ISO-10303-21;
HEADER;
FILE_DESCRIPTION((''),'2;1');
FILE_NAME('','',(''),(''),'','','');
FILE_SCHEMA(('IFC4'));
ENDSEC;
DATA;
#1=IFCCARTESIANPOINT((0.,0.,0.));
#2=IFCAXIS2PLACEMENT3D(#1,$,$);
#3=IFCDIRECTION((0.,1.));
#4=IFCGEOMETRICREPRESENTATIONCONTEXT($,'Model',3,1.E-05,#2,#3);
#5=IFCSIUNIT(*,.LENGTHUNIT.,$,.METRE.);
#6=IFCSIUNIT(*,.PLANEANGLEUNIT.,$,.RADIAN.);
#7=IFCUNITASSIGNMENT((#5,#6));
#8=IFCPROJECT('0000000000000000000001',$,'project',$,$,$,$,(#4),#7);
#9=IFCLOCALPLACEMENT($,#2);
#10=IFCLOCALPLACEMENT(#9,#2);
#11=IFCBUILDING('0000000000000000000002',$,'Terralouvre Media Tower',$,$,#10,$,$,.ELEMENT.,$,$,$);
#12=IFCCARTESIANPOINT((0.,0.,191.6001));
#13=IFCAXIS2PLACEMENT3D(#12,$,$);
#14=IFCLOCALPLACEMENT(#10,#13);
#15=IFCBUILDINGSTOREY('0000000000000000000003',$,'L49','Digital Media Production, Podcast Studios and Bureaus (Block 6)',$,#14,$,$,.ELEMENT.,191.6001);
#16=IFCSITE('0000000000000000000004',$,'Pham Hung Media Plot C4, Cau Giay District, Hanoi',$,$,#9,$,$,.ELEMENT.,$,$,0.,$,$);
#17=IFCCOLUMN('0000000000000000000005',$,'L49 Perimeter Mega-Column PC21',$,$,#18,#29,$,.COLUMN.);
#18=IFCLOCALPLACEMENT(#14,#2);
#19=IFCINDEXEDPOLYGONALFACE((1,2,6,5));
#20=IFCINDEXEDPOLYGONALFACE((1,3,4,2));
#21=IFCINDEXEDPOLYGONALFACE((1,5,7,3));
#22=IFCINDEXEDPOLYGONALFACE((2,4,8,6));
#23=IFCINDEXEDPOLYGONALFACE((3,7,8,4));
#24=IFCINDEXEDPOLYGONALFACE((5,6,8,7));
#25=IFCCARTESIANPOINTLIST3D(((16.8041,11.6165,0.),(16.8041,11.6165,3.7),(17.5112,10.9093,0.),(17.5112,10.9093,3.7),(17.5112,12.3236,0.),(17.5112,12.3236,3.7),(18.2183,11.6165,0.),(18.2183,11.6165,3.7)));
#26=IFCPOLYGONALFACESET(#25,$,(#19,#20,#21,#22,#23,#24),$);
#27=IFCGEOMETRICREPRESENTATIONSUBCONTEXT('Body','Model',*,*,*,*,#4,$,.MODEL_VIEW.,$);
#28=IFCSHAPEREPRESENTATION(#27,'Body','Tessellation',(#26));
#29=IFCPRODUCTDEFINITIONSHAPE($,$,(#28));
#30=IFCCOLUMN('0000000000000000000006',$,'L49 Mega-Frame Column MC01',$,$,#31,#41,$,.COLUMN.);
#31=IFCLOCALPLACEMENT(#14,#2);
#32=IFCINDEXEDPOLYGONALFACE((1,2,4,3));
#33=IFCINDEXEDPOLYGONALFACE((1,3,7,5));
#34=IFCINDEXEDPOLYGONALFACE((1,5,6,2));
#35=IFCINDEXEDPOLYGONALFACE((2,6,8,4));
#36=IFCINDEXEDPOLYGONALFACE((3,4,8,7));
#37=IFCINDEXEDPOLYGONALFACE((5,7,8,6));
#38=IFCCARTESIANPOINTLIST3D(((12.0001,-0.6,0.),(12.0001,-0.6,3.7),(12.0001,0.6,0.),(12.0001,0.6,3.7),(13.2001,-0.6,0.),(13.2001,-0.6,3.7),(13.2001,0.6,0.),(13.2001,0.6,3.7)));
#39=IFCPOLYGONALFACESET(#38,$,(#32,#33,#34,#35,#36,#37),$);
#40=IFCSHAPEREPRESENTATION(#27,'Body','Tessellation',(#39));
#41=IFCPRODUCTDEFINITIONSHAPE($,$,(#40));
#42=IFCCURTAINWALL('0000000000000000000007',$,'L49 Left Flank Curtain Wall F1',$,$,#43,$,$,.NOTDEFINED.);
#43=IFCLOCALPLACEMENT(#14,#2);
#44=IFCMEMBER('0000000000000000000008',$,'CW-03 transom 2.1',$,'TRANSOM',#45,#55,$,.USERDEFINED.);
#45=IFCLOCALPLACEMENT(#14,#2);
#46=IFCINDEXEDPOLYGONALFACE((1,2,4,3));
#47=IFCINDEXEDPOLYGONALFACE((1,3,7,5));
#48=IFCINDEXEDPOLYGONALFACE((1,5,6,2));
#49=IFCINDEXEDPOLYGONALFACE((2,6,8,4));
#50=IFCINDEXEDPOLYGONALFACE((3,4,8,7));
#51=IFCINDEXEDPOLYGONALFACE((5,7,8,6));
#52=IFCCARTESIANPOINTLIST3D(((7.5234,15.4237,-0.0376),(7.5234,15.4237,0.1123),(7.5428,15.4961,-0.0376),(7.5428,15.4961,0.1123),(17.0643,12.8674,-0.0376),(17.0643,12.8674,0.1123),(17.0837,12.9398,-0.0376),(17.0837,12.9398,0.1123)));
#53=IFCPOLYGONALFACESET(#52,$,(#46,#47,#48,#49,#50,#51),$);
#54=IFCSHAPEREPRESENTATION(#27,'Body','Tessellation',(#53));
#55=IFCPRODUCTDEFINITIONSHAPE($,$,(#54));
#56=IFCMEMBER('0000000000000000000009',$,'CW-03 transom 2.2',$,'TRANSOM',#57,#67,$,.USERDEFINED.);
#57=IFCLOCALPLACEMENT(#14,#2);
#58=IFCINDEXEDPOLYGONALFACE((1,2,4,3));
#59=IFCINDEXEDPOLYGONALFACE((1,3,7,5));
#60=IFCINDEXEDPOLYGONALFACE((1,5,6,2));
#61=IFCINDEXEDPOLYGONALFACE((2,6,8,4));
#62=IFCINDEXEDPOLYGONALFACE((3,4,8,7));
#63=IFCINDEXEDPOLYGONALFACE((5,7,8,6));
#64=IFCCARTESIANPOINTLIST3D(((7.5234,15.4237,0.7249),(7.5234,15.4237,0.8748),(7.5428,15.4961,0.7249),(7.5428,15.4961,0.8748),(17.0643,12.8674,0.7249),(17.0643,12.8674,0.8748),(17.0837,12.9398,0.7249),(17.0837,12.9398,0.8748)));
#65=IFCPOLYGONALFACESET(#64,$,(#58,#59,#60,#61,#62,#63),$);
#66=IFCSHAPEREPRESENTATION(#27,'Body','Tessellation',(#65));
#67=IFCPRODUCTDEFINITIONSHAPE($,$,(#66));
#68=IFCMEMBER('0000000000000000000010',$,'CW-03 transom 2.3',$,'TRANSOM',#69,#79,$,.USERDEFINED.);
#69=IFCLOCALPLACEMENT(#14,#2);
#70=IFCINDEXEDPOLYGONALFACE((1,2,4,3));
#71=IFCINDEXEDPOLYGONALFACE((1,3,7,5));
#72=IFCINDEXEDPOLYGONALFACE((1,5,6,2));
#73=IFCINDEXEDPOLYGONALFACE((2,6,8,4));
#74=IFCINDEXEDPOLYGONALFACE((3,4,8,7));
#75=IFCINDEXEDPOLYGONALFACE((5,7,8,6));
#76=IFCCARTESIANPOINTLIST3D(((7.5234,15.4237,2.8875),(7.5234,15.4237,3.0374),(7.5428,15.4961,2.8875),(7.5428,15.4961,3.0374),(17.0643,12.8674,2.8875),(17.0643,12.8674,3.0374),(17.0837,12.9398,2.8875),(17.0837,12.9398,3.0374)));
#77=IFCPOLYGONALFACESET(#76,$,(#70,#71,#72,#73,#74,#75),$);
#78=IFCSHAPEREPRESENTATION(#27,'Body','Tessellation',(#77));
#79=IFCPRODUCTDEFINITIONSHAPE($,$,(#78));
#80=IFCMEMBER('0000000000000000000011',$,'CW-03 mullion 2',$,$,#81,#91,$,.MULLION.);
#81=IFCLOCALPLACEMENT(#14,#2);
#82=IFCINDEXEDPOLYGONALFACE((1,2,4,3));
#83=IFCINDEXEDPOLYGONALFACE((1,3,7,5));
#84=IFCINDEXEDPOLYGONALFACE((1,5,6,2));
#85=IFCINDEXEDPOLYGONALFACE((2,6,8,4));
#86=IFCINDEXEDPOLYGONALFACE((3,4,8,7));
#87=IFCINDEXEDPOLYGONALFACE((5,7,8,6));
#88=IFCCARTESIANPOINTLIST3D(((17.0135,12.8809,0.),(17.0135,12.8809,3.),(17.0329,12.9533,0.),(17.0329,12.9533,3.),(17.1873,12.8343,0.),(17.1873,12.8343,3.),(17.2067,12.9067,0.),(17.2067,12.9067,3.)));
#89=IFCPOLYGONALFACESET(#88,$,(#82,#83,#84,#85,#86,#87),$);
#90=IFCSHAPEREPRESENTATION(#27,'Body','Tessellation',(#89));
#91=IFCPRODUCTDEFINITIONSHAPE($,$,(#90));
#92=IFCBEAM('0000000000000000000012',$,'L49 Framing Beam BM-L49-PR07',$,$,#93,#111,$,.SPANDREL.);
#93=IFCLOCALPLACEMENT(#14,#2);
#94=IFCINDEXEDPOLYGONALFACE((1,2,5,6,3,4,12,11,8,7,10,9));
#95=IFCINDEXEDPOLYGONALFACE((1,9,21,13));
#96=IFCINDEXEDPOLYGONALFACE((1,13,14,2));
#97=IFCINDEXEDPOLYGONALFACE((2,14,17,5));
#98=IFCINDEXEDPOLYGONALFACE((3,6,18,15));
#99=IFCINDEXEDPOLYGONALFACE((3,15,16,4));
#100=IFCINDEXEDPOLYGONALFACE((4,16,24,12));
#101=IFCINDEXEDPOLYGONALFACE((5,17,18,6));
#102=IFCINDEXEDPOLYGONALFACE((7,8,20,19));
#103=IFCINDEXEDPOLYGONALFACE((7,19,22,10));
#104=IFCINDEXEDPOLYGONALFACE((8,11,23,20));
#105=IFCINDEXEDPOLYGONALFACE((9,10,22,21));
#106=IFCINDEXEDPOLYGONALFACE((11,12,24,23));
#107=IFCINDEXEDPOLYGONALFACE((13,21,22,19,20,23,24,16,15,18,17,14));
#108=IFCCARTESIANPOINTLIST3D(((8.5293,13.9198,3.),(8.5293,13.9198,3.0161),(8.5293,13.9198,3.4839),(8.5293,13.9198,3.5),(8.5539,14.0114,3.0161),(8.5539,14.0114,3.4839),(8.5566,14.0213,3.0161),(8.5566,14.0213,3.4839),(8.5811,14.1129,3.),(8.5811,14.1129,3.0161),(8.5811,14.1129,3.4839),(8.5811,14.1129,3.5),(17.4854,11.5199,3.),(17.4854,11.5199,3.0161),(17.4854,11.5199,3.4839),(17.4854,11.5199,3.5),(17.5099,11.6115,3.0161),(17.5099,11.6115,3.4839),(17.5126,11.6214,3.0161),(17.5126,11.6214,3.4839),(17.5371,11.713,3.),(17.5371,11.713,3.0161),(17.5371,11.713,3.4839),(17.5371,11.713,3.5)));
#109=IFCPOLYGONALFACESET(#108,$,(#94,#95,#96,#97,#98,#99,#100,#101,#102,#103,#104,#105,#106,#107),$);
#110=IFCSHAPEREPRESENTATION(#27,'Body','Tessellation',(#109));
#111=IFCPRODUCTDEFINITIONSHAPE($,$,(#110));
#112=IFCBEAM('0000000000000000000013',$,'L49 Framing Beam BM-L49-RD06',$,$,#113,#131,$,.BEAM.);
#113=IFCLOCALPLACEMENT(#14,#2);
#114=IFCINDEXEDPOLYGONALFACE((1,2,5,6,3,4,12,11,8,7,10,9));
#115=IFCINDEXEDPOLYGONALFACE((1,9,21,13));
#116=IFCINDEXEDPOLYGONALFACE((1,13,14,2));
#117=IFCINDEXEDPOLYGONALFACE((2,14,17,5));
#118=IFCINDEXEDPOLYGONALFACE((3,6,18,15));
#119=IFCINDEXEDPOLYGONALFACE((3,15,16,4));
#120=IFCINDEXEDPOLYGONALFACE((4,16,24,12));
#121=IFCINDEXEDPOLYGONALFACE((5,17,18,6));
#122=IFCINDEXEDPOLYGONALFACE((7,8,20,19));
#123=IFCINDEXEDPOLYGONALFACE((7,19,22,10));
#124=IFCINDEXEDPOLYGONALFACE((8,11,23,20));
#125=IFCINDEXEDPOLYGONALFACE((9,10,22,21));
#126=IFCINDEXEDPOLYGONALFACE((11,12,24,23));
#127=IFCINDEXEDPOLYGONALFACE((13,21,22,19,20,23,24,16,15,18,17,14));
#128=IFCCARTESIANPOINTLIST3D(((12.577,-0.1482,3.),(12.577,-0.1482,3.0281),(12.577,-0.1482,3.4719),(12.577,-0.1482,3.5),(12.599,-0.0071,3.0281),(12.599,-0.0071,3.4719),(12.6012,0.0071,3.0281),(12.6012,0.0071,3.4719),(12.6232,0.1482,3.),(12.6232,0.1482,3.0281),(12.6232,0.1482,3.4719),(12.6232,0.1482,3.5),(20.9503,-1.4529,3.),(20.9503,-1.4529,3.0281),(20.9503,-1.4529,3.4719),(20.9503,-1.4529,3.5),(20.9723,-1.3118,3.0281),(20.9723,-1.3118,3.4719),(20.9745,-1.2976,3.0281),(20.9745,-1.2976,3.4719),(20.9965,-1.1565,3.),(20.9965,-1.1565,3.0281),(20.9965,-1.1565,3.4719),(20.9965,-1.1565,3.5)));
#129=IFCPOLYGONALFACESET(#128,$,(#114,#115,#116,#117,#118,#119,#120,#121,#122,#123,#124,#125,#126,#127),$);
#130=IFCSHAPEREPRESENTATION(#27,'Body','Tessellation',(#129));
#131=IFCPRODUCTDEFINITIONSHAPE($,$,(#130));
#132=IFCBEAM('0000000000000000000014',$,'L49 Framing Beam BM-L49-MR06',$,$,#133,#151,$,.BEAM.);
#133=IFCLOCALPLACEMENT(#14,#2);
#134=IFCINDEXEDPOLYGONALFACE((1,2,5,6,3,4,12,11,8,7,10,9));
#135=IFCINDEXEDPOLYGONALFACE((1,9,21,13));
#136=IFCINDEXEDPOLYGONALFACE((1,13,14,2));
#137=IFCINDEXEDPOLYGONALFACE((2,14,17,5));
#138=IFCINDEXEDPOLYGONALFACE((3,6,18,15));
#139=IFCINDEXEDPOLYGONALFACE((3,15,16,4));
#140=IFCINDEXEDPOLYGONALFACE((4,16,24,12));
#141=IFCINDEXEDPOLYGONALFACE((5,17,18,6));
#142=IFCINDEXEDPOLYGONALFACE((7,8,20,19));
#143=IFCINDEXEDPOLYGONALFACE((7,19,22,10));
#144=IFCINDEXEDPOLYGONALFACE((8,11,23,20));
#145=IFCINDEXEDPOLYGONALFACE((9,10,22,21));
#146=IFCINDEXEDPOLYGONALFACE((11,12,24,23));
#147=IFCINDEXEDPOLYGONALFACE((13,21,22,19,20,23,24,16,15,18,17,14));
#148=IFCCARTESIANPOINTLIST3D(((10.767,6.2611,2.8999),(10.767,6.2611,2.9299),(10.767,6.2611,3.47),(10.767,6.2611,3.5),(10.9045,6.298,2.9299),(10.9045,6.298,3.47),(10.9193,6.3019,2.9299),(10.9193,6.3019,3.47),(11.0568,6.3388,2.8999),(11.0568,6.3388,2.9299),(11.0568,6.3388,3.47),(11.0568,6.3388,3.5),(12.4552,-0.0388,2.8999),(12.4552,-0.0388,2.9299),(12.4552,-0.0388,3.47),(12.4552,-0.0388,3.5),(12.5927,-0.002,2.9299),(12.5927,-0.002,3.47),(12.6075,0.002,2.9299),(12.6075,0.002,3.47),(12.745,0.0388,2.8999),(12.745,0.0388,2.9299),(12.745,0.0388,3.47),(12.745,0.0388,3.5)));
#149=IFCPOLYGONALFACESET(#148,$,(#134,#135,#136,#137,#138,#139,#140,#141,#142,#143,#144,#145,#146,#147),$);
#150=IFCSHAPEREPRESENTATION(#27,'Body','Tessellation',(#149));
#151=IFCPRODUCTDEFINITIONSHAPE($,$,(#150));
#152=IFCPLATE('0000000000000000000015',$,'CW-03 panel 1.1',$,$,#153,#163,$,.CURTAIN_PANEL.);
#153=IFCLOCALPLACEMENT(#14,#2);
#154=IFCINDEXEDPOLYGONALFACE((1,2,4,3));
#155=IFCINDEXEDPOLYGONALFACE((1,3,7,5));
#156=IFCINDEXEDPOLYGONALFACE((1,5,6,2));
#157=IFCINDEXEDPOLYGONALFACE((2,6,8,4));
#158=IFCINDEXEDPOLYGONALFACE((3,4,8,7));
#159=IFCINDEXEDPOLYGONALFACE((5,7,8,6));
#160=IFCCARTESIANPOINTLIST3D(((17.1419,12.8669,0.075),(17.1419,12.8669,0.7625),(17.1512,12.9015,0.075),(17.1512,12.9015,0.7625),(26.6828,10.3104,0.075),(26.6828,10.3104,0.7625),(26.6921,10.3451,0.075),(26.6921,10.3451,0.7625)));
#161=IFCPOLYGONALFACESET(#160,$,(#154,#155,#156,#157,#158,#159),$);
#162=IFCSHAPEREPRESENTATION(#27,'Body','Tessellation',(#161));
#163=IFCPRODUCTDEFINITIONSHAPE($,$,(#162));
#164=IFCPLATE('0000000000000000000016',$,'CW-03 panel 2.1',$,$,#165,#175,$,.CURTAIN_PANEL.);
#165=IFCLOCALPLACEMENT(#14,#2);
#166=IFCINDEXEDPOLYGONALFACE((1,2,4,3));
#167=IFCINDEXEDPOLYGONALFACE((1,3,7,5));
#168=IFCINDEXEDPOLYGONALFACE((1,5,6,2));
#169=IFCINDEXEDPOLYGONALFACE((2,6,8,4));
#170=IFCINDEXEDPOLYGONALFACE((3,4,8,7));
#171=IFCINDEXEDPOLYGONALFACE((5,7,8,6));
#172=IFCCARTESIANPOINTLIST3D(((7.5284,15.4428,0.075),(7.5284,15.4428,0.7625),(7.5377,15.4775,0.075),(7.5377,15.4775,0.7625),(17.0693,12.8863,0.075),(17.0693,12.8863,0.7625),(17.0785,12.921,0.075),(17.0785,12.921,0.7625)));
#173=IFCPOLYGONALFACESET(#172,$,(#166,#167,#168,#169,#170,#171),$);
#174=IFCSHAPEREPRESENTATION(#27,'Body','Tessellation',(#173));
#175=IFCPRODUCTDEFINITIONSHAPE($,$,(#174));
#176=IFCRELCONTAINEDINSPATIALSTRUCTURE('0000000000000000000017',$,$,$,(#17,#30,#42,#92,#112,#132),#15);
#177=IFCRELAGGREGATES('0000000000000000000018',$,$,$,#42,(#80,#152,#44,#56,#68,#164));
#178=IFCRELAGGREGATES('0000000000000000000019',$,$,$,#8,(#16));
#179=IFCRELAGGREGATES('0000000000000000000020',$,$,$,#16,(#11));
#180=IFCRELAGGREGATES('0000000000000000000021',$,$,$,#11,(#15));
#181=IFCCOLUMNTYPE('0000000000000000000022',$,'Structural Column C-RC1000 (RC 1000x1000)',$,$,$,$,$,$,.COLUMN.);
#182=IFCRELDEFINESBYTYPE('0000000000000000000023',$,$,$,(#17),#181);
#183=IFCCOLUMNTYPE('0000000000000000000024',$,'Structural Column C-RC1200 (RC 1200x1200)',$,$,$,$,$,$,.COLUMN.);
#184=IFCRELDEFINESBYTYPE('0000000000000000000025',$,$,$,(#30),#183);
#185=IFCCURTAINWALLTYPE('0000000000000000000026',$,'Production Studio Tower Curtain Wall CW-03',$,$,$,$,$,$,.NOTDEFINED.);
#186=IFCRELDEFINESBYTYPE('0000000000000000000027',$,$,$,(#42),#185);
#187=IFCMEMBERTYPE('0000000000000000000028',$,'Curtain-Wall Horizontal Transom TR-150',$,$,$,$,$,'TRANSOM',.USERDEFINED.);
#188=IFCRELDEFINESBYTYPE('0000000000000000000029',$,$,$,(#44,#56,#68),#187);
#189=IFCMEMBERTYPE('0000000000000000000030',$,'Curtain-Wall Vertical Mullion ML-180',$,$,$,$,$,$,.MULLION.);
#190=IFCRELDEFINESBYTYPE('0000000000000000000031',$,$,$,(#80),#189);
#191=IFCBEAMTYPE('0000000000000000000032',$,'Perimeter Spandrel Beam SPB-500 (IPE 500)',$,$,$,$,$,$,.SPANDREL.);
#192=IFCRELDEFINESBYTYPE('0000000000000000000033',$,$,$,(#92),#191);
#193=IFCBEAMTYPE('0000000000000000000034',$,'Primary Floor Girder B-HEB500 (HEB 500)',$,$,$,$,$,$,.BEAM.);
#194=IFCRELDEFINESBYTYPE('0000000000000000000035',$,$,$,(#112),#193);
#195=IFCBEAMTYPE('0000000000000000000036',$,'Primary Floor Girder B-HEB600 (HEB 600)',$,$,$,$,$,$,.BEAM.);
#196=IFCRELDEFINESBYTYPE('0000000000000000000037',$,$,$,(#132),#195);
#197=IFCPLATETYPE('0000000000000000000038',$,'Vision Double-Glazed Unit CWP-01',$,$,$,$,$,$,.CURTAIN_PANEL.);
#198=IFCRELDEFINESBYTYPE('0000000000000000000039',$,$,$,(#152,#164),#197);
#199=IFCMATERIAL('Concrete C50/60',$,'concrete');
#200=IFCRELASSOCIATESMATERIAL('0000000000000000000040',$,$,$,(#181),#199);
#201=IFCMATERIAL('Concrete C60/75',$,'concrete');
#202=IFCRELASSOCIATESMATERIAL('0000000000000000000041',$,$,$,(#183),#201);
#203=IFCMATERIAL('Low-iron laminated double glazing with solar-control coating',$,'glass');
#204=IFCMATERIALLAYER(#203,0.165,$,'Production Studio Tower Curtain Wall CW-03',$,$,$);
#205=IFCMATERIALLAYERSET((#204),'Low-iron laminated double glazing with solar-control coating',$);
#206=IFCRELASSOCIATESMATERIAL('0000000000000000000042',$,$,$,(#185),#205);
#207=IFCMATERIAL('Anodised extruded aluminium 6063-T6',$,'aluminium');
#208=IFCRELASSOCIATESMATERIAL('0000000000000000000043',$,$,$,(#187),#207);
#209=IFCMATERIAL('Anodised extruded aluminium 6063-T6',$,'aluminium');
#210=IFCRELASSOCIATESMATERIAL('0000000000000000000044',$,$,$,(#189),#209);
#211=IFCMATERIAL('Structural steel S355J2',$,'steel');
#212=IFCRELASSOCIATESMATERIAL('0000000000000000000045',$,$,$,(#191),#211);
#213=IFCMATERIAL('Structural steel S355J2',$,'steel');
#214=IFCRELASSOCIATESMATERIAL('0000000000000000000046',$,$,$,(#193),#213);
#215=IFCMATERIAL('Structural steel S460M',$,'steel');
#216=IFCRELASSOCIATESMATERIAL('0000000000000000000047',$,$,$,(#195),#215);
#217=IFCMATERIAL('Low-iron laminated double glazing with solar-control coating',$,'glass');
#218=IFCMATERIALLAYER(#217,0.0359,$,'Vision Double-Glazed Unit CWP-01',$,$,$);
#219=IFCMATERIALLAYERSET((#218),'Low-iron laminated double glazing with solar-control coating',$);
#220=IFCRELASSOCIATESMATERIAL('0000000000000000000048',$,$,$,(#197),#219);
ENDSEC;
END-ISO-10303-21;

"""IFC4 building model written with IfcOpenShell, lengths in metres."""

from ifc_helpers import new_model, si_unit, direction, frame, origin, origin_2d, place, context, subcontext, project, spatial, rectangle, i_section, extrude, material, layer, layer_set, material_profile, profile_set, type_object, element, aggregate, save


model = new_model("IFC4")

# Units and contexts
model_context = context("Model", 3, precision=1e-05, world=origin(), true_north=direction((0.0, 1.0)))
body_context = subcontext(model_context, "Body", "Model", "MODEL_VIEW")
ifc_project = project(units=[si_unit("LENGTHUNIT", "METRE"), si_unit("PLANEANGLEUNIT", "RADIAN")], contexts=[model_context])

# Site, building, storey
site_placement = place(None, origin())
site = spatial("IfcSite", under=ifc_project, at=site_placement, Name="Pham Hung Media Plot C4, Cau Giay District, Hanoi", CompositionType="ELEMENT", RefElevation=0.0)
building_placement = place(site_placement, origin())
building = spatial("IfcBuilding", under=site, at=building_placement, Name="Terralouvre Media Tower", CompositionType="ELEMENT")
storey_placement = place(building_placement, frame((0.0, 0.0, 191.6001)))
storey = spatial("IfcBuildingStorey", under=building, at=storey_placement, Name="L49", Description="Digital Media Production, Podcast Studios and Bureaus (Block 6)", CompositionType="ELEMENT", Elevation=191.6001)

# Columns
ifc_material_1 = material(Name="Concrete C50/60", Category="concrete")
ifc_material_profile_1 = material_profile(ifc_material_1, rectangle(XDim=1.0, YDim=1.0, at=origin_2d()), Name="RC 1000x1000")
ifc_profile_set_1 = profile_set([ifc_material_profile_1], Name="Concrete C50/60")
column_type_1 = type_object("IfcColumnType", Name="Structural Column C-RC1000 (RC 1000x1000)", PredefinedType="COLUMN", material=ifc_profile_set_1)
column_1_placement = place(storey_placement, frame((17.5112, 11.6165, 0.0), z_axis=(0.0, 0.0, 1.0), x_axis=(0.707107, 0.707107, 0.0)))
element("IfcColumn", 1, at=column_1_placement, inside=storey, type_object=column_type_1, Name="L49 Perimeter Mega-Column PC21", PredefinedType="COLUMN", context=body_context, shape_type="SweptSolid", body=[
    extrude(rectangle(XDim=1.0, YDim=1.0, at=origin_2d()), origin(), (0.0, 0.0, 1.0), 3.7),
])
ifc_material_2 = material(Name="Concrete C60/75", Category="concrete")
ifc_material_profile_2 = material_profile(ifc_material_2, rectangle(XDim=1.2, YDim=1.2, at=origin_2d()), Name="RC 1200x1200")
ifc_profile_set_2 = profile_set([ifc_material_profile_2], Name="Concrete C60/75")
column_type_2 = type_object("IfcColumnType", Name="Structural Column C-RC1200 (RC 1200x1200)", PredefinedType="COLUMN", material=ifc_profile_set_2)
column_2_placement = place(storey_placement, frame((12.6001, 0.0, 0.0), z_axis=(0.0, 0.0, 1.0), x_axis=(1.0, 0.0, 0.0)))
element("IfcColumn", 2, at=column_2_placement, inside=storey, type_object=column_type_2, Name="L49 Mega-Frame Column MC01", PredefinedType="COLUMN", context=body_context, shape_type="SweptSolid", body=[
    extrude(rectangle(XDim=1.2, YDim=1.2, at=origin_2d()), origin(), (0.0, 0.0, 1.0), 3.7),
])

# Curtain wall, members
ifc_material_3 = material(Name="Low-iron laminated double glazing with solar-control coating", Category="glass")
ifc_layer_1 = layer(ifc_material_3, 0.165, Name="Production Studio Tower Curtain Wall CW-03")
ifc_layer_set_1 = layer_set([ifc_layer_1], Name="Low-iron laminated double glazing with solar-control coating")
curtain_wall_type = type_object("IfcCurtainWallType", Name="Production Studio Tower Curtain Wall CW-03", PredefinedType="NOTDEFINED", material=ifc_layer_set_1)
curtain_wall_placement = place(storey_placement, origin())
curtain_wall = element("IfcCurtainWall", 3, at=curtain_wall_placement, inside=storey, type_object=curtain_wall_type, Name="L49 Left Flank Curtain Wall F1", PredefinedType="NOTDEFINED")
ifc_material_4 = material(Name="Anodised extruded aluminium 6063-T6", Category="aluminium")
ifc_material_profile_3 = material_profile(ifc_material_4, rectangle(XDim=0.075, YDim=0.1499, at=origin_2d()), Name="ALU 75x150")
ifc_profile_set_3 = profile_set([ifc_material_profile_3], Name="Anodised extruded aluminium 6063-T6")
member_type_1 = type_object("IfcMemberType", Name="Curtain-Wall Horizontal Transom TR-150", ElementType="TRANSOM", PredefinedType="USERDEFINED", material=ifc_profile_set_3)
member_1_placement = place(storey_placement, frame((17.074, 12.9036, 0.0374), z_axis=(-0.965929, 0.258809, 0.0), x_axis=(-0.258809, -0.965929, 0.0)))
member_1 = element("IfcMember", 4, at=member_1_placement, type_object=member_type_1, Name="CW-03 transom 2.1", ObjectType="TRANSOM", PredefinedType="USERDEFINED", context=body_context, shape_type="SweptSolid", body=[
    extrude(rectangle(XDim=0.075, YDim=0.1499, at=origin_2d()), origin(), (0.0, 0.0, 1.0), 9.8774),
])
member_2_placement = place(storey_placement, frame((17.074, 12.9036, 0.7998), z_axis=(-0.965929, 0.258809, 0.0), x_axis=(-0.258809, -0.965929, 0.0)))
member_2 = element("IfcMember", 5, at=member_2_placement, type_object=member_type_1, Name="CW-03 transom 2.2", ObjectType="TRANSOM", PredefinedType="USERDEFINED", context=body_context, shape_type="SweptSolid", body=[
    extrude(rectangle(XDim=0.075, YDim=0.1499, at=origin_2d()), origin(), (0.0, 0.0, 1.0), 9.8774),
])
member_3_placement = place(storey_placement, frame((17.074, 12.9036, 2.9624), z_axis=(-0.965929, 0.258809, 0.0), x_axis=(-0.258809, -0.965929, 0.0)))
member_3 = element("IfcMember", 6, at=member_3_placement, type_object=member_type_1, Name="CW-03 transom 2.3", ObjectType="TRANSOM", PredefinedType="USERDEFINED", context=body_context, shape_type="SweptSolid", body=[
    extrude(rectangle(XDim=0.075, YDim=0.1499, at=origin_2d()), origin(), (0.0, 0.0, 1.0), 9.8774),
])
ifc_material_5 = material(Name="Anodised extruded aluminium 6063-T6", Category="aluminium")
ifc_material_profile_4 = material_profile(ifc_material_5, rectangle(XDim=0.075, YDim=0.1799, at=origin_2d()), Name="ALU 75x180")
ifc_profile_set_4 = profile_set([ifc_material_profile_4], Name="Anodised extruded aluminium 6063-T6")
member_type_2 = type_object("IfcMemberType", Name="Curtain-Wall Vertical Mullion ML-180", PredefinedType="MULLION", material=ifc_profile_set_4)
member_4_placement = place(storey_placement, frame((17.1101, 12.8938, 0.0), z_axis=(0.0, 0.0, 1.0), x_axis=(-0.258819, -0.965926, 0.0)))
member_4 = element("IfcMember", 7, at=member_4_placement, type_object=member_type_2, Name="CW-03 mullion 2", PredefinedType="MULLION", context=body_context, shape_type="SweptSolid", body=[
    extrude(rectangle(XDim=0.075, YDim=0.1799, at=origin_2d()), origin(), (0.0, 0.0, 1.0), 3.0),
])

# Beams
ifc_material_6 = material(Name="Structural steel S355J2", Category="steel")
ifc_material_profile_5 = material_profile(ifc_material_6, i_section(OverallWidth=0.2, OverallDepth=0.5, WebThickness=0.0103, FlangeThickness=0.0161, at=origin_2d()), Name="IPE 500")
ifc_profile_set_5 = profile_set([ifc_material_profile_5], Name="Structural steel S355J2")
beam_type_1 = type_object("IfcBeamType", Name="Perimeter Spandrel Beam SPB-500 (IPE 500)", PredefinedType="SPANDREL", material=ifc_profile_set_5)
beam_1_placement = place(storey_placement, frame((17.5112, 11.6165, 3.25), z_axis=(-0.965922, 0.258833, 0.0), x_axis=(-0.258833, -0.965922, 0.0)))
element("IfcBeam", 8, at=beam_1_placement, inside=storey, type_object=beam_type_1, Name="L49 Framing Beam BM-L49-PR07", PredefinedType="SPANDREL", context=body_context, shape_type="SweptSolid", body=[
    extrude(i_section(OverallWidth=0.2, OverallDepth=0.5, WebThickness=0.0103, FlangeThickness=0.0161, at=origin_2d()), origin(), (0.0, 0.0, 1.0), 9.272),
])
ifc_material_7 = material(Name="Structural steel S355J2", Category="steel")
ifc_material_profile_6 = material_profile(ifc_material_7, i_section(OverallWidth=0.3, OverallDepth=0.5, WebThickness=0.0144, FlangeThickness=0.0281, at=origin_2d()), Name="HEB 500")
ifc_profile_set_6 = profile_set([ifc_material_profile_6], Name="Structural steel S355J2")
beam_type_2 = type_object("IfcBeamType", Name="Primary Floor Girder B-HEB500 (HEB 500)", PredefinedType="BEAM", material=ifc_profile_set_6)
beam_2_placement = place(storey_placement, frame((12.6001, 0.0, 3.25), z_axis=(0.988077, -0.153958, 0.0), x_axis=(0.153958, 0.988077, 0.0)))
element("IfcBeam", 9, at=beam_2_placement, inside=storey, type_object=beam_type_2, Name="L49 Framing Beam BM-L49-RD06", PredefinedType="BEAM", context=body_context, shape_type="SweptSolid", body=[
    extrude(i_section(OverallWidth=0.3, OverallDepth=0.5, WebThickness=0.0144, FlangeThickness=0.0281, at=origin_2d()), origin(), (0.0, 0.0, 1.0), 8.4744),
])
ifc_material_8 = material(Name="Structural steel S460M", Category="steel")
ifc_material_profile_7 = material_profile(ifc_material_8, i_section(OverallWidth=0.3, OverallDepth=0.6001, WebThickness=0.0154, FlangeThickness=0.03, at=origin_2d()), Name="HEB 600")
ifc_profile_set_7 = profile_set([ifc_material_profile_7], Name="Structural steel S460M")
beam_type_3 = type_object("IfcBeamType", Name="Primary Floor Girder B-HEB600 (HEB 600)", PredefinedType="BEAM", material=ifc_profile_set_7)
beam_3_placement = place(storey_placement, frame((12.6001, 0.0, 3.2), z_axis=(-0.258839, 0.96592, 0.0), x_axis=(-0.96592, -0.258839, 0.0)))
element("IfcBeam", 10, at=beam_3_placement, inside=storey, type_object=beam_type_3, Name="L49 Framing Beam BM-L49-MR06", PredefinedType="BEAM", context=body_context, shape_type="SweptSolid", body=[
    extrude(i_section(OverallWidth=0.3, OverallDepth=0.6001, WebThickness=0.0154, FlangeThickness=0.03, at=origin_2d()), origin(), (0.0, 0.0, 1.0), 6.5222),
])

# Plates
ifc_material_9 = material(Name="Low-iron laminated double glazing with solar-control coating", Category="glass")
ifc_layer_2 = layer(ifc_material_9, 0.0359, Name="Vision Double-Glazed Unit CWP-01")
ifc_layer_set_2 = layer_set([ifc_layer_2], Name="Low-iron laminated double glazing with solar-control coating")
plate_type = type_object("IfcPlateType", Name="Vision Double-Glazed Unit CWP-01", PredefinedType="CURTAIN_PANEL", material=ifc_layer_set_2)
plate_1_placement = place(storey_placement, frame((21.917, 11.606, 0.075), z_axis=(0.0, 0.0, 1.0), x_axis=(-0.965926, 0.258819, 0.0)))
plate_1 = element("IfcPlate", 11, at=plate_1_placement, type_object=plate_type, Name="CW-03 panel 1.1", PredefinedType="CURTAIN_PANEL", context=body_context, shape_type="SweptSolid", body=[
    extrude(rectangle(XDim=9.8774, YDim=0.0359, at=origin_2d()), origin(), (0.0, 0.0, 1.0), 0.6875),
])
plate_2_placement = place(storey_placement, frame((12.3035, 14.1819, 0.075), z_axis=(0.0, 0.0, 1.0), x_axis=(-0.965926, 0.258819, 0.0)))
plate_2 = element("IfcPlate", 12, at=plate_2_placement, type_object=plate_type, Name="CW-03 panel 2.1", PredefinedType="CURTAIN_PANEL", context=body_context, shape_type="SweptSolid", body=[
    extrude(rectangle(XDim=9.8774, YDim=0.0359, at=origin_2d()), origin(), (0.0, 0.0, 1.0), 0.6875),
])
aggregate(curtain_wall, [member_4, plate_1, member_1, member_2, member_3, plate_2])

save(model, "model.ifc")
